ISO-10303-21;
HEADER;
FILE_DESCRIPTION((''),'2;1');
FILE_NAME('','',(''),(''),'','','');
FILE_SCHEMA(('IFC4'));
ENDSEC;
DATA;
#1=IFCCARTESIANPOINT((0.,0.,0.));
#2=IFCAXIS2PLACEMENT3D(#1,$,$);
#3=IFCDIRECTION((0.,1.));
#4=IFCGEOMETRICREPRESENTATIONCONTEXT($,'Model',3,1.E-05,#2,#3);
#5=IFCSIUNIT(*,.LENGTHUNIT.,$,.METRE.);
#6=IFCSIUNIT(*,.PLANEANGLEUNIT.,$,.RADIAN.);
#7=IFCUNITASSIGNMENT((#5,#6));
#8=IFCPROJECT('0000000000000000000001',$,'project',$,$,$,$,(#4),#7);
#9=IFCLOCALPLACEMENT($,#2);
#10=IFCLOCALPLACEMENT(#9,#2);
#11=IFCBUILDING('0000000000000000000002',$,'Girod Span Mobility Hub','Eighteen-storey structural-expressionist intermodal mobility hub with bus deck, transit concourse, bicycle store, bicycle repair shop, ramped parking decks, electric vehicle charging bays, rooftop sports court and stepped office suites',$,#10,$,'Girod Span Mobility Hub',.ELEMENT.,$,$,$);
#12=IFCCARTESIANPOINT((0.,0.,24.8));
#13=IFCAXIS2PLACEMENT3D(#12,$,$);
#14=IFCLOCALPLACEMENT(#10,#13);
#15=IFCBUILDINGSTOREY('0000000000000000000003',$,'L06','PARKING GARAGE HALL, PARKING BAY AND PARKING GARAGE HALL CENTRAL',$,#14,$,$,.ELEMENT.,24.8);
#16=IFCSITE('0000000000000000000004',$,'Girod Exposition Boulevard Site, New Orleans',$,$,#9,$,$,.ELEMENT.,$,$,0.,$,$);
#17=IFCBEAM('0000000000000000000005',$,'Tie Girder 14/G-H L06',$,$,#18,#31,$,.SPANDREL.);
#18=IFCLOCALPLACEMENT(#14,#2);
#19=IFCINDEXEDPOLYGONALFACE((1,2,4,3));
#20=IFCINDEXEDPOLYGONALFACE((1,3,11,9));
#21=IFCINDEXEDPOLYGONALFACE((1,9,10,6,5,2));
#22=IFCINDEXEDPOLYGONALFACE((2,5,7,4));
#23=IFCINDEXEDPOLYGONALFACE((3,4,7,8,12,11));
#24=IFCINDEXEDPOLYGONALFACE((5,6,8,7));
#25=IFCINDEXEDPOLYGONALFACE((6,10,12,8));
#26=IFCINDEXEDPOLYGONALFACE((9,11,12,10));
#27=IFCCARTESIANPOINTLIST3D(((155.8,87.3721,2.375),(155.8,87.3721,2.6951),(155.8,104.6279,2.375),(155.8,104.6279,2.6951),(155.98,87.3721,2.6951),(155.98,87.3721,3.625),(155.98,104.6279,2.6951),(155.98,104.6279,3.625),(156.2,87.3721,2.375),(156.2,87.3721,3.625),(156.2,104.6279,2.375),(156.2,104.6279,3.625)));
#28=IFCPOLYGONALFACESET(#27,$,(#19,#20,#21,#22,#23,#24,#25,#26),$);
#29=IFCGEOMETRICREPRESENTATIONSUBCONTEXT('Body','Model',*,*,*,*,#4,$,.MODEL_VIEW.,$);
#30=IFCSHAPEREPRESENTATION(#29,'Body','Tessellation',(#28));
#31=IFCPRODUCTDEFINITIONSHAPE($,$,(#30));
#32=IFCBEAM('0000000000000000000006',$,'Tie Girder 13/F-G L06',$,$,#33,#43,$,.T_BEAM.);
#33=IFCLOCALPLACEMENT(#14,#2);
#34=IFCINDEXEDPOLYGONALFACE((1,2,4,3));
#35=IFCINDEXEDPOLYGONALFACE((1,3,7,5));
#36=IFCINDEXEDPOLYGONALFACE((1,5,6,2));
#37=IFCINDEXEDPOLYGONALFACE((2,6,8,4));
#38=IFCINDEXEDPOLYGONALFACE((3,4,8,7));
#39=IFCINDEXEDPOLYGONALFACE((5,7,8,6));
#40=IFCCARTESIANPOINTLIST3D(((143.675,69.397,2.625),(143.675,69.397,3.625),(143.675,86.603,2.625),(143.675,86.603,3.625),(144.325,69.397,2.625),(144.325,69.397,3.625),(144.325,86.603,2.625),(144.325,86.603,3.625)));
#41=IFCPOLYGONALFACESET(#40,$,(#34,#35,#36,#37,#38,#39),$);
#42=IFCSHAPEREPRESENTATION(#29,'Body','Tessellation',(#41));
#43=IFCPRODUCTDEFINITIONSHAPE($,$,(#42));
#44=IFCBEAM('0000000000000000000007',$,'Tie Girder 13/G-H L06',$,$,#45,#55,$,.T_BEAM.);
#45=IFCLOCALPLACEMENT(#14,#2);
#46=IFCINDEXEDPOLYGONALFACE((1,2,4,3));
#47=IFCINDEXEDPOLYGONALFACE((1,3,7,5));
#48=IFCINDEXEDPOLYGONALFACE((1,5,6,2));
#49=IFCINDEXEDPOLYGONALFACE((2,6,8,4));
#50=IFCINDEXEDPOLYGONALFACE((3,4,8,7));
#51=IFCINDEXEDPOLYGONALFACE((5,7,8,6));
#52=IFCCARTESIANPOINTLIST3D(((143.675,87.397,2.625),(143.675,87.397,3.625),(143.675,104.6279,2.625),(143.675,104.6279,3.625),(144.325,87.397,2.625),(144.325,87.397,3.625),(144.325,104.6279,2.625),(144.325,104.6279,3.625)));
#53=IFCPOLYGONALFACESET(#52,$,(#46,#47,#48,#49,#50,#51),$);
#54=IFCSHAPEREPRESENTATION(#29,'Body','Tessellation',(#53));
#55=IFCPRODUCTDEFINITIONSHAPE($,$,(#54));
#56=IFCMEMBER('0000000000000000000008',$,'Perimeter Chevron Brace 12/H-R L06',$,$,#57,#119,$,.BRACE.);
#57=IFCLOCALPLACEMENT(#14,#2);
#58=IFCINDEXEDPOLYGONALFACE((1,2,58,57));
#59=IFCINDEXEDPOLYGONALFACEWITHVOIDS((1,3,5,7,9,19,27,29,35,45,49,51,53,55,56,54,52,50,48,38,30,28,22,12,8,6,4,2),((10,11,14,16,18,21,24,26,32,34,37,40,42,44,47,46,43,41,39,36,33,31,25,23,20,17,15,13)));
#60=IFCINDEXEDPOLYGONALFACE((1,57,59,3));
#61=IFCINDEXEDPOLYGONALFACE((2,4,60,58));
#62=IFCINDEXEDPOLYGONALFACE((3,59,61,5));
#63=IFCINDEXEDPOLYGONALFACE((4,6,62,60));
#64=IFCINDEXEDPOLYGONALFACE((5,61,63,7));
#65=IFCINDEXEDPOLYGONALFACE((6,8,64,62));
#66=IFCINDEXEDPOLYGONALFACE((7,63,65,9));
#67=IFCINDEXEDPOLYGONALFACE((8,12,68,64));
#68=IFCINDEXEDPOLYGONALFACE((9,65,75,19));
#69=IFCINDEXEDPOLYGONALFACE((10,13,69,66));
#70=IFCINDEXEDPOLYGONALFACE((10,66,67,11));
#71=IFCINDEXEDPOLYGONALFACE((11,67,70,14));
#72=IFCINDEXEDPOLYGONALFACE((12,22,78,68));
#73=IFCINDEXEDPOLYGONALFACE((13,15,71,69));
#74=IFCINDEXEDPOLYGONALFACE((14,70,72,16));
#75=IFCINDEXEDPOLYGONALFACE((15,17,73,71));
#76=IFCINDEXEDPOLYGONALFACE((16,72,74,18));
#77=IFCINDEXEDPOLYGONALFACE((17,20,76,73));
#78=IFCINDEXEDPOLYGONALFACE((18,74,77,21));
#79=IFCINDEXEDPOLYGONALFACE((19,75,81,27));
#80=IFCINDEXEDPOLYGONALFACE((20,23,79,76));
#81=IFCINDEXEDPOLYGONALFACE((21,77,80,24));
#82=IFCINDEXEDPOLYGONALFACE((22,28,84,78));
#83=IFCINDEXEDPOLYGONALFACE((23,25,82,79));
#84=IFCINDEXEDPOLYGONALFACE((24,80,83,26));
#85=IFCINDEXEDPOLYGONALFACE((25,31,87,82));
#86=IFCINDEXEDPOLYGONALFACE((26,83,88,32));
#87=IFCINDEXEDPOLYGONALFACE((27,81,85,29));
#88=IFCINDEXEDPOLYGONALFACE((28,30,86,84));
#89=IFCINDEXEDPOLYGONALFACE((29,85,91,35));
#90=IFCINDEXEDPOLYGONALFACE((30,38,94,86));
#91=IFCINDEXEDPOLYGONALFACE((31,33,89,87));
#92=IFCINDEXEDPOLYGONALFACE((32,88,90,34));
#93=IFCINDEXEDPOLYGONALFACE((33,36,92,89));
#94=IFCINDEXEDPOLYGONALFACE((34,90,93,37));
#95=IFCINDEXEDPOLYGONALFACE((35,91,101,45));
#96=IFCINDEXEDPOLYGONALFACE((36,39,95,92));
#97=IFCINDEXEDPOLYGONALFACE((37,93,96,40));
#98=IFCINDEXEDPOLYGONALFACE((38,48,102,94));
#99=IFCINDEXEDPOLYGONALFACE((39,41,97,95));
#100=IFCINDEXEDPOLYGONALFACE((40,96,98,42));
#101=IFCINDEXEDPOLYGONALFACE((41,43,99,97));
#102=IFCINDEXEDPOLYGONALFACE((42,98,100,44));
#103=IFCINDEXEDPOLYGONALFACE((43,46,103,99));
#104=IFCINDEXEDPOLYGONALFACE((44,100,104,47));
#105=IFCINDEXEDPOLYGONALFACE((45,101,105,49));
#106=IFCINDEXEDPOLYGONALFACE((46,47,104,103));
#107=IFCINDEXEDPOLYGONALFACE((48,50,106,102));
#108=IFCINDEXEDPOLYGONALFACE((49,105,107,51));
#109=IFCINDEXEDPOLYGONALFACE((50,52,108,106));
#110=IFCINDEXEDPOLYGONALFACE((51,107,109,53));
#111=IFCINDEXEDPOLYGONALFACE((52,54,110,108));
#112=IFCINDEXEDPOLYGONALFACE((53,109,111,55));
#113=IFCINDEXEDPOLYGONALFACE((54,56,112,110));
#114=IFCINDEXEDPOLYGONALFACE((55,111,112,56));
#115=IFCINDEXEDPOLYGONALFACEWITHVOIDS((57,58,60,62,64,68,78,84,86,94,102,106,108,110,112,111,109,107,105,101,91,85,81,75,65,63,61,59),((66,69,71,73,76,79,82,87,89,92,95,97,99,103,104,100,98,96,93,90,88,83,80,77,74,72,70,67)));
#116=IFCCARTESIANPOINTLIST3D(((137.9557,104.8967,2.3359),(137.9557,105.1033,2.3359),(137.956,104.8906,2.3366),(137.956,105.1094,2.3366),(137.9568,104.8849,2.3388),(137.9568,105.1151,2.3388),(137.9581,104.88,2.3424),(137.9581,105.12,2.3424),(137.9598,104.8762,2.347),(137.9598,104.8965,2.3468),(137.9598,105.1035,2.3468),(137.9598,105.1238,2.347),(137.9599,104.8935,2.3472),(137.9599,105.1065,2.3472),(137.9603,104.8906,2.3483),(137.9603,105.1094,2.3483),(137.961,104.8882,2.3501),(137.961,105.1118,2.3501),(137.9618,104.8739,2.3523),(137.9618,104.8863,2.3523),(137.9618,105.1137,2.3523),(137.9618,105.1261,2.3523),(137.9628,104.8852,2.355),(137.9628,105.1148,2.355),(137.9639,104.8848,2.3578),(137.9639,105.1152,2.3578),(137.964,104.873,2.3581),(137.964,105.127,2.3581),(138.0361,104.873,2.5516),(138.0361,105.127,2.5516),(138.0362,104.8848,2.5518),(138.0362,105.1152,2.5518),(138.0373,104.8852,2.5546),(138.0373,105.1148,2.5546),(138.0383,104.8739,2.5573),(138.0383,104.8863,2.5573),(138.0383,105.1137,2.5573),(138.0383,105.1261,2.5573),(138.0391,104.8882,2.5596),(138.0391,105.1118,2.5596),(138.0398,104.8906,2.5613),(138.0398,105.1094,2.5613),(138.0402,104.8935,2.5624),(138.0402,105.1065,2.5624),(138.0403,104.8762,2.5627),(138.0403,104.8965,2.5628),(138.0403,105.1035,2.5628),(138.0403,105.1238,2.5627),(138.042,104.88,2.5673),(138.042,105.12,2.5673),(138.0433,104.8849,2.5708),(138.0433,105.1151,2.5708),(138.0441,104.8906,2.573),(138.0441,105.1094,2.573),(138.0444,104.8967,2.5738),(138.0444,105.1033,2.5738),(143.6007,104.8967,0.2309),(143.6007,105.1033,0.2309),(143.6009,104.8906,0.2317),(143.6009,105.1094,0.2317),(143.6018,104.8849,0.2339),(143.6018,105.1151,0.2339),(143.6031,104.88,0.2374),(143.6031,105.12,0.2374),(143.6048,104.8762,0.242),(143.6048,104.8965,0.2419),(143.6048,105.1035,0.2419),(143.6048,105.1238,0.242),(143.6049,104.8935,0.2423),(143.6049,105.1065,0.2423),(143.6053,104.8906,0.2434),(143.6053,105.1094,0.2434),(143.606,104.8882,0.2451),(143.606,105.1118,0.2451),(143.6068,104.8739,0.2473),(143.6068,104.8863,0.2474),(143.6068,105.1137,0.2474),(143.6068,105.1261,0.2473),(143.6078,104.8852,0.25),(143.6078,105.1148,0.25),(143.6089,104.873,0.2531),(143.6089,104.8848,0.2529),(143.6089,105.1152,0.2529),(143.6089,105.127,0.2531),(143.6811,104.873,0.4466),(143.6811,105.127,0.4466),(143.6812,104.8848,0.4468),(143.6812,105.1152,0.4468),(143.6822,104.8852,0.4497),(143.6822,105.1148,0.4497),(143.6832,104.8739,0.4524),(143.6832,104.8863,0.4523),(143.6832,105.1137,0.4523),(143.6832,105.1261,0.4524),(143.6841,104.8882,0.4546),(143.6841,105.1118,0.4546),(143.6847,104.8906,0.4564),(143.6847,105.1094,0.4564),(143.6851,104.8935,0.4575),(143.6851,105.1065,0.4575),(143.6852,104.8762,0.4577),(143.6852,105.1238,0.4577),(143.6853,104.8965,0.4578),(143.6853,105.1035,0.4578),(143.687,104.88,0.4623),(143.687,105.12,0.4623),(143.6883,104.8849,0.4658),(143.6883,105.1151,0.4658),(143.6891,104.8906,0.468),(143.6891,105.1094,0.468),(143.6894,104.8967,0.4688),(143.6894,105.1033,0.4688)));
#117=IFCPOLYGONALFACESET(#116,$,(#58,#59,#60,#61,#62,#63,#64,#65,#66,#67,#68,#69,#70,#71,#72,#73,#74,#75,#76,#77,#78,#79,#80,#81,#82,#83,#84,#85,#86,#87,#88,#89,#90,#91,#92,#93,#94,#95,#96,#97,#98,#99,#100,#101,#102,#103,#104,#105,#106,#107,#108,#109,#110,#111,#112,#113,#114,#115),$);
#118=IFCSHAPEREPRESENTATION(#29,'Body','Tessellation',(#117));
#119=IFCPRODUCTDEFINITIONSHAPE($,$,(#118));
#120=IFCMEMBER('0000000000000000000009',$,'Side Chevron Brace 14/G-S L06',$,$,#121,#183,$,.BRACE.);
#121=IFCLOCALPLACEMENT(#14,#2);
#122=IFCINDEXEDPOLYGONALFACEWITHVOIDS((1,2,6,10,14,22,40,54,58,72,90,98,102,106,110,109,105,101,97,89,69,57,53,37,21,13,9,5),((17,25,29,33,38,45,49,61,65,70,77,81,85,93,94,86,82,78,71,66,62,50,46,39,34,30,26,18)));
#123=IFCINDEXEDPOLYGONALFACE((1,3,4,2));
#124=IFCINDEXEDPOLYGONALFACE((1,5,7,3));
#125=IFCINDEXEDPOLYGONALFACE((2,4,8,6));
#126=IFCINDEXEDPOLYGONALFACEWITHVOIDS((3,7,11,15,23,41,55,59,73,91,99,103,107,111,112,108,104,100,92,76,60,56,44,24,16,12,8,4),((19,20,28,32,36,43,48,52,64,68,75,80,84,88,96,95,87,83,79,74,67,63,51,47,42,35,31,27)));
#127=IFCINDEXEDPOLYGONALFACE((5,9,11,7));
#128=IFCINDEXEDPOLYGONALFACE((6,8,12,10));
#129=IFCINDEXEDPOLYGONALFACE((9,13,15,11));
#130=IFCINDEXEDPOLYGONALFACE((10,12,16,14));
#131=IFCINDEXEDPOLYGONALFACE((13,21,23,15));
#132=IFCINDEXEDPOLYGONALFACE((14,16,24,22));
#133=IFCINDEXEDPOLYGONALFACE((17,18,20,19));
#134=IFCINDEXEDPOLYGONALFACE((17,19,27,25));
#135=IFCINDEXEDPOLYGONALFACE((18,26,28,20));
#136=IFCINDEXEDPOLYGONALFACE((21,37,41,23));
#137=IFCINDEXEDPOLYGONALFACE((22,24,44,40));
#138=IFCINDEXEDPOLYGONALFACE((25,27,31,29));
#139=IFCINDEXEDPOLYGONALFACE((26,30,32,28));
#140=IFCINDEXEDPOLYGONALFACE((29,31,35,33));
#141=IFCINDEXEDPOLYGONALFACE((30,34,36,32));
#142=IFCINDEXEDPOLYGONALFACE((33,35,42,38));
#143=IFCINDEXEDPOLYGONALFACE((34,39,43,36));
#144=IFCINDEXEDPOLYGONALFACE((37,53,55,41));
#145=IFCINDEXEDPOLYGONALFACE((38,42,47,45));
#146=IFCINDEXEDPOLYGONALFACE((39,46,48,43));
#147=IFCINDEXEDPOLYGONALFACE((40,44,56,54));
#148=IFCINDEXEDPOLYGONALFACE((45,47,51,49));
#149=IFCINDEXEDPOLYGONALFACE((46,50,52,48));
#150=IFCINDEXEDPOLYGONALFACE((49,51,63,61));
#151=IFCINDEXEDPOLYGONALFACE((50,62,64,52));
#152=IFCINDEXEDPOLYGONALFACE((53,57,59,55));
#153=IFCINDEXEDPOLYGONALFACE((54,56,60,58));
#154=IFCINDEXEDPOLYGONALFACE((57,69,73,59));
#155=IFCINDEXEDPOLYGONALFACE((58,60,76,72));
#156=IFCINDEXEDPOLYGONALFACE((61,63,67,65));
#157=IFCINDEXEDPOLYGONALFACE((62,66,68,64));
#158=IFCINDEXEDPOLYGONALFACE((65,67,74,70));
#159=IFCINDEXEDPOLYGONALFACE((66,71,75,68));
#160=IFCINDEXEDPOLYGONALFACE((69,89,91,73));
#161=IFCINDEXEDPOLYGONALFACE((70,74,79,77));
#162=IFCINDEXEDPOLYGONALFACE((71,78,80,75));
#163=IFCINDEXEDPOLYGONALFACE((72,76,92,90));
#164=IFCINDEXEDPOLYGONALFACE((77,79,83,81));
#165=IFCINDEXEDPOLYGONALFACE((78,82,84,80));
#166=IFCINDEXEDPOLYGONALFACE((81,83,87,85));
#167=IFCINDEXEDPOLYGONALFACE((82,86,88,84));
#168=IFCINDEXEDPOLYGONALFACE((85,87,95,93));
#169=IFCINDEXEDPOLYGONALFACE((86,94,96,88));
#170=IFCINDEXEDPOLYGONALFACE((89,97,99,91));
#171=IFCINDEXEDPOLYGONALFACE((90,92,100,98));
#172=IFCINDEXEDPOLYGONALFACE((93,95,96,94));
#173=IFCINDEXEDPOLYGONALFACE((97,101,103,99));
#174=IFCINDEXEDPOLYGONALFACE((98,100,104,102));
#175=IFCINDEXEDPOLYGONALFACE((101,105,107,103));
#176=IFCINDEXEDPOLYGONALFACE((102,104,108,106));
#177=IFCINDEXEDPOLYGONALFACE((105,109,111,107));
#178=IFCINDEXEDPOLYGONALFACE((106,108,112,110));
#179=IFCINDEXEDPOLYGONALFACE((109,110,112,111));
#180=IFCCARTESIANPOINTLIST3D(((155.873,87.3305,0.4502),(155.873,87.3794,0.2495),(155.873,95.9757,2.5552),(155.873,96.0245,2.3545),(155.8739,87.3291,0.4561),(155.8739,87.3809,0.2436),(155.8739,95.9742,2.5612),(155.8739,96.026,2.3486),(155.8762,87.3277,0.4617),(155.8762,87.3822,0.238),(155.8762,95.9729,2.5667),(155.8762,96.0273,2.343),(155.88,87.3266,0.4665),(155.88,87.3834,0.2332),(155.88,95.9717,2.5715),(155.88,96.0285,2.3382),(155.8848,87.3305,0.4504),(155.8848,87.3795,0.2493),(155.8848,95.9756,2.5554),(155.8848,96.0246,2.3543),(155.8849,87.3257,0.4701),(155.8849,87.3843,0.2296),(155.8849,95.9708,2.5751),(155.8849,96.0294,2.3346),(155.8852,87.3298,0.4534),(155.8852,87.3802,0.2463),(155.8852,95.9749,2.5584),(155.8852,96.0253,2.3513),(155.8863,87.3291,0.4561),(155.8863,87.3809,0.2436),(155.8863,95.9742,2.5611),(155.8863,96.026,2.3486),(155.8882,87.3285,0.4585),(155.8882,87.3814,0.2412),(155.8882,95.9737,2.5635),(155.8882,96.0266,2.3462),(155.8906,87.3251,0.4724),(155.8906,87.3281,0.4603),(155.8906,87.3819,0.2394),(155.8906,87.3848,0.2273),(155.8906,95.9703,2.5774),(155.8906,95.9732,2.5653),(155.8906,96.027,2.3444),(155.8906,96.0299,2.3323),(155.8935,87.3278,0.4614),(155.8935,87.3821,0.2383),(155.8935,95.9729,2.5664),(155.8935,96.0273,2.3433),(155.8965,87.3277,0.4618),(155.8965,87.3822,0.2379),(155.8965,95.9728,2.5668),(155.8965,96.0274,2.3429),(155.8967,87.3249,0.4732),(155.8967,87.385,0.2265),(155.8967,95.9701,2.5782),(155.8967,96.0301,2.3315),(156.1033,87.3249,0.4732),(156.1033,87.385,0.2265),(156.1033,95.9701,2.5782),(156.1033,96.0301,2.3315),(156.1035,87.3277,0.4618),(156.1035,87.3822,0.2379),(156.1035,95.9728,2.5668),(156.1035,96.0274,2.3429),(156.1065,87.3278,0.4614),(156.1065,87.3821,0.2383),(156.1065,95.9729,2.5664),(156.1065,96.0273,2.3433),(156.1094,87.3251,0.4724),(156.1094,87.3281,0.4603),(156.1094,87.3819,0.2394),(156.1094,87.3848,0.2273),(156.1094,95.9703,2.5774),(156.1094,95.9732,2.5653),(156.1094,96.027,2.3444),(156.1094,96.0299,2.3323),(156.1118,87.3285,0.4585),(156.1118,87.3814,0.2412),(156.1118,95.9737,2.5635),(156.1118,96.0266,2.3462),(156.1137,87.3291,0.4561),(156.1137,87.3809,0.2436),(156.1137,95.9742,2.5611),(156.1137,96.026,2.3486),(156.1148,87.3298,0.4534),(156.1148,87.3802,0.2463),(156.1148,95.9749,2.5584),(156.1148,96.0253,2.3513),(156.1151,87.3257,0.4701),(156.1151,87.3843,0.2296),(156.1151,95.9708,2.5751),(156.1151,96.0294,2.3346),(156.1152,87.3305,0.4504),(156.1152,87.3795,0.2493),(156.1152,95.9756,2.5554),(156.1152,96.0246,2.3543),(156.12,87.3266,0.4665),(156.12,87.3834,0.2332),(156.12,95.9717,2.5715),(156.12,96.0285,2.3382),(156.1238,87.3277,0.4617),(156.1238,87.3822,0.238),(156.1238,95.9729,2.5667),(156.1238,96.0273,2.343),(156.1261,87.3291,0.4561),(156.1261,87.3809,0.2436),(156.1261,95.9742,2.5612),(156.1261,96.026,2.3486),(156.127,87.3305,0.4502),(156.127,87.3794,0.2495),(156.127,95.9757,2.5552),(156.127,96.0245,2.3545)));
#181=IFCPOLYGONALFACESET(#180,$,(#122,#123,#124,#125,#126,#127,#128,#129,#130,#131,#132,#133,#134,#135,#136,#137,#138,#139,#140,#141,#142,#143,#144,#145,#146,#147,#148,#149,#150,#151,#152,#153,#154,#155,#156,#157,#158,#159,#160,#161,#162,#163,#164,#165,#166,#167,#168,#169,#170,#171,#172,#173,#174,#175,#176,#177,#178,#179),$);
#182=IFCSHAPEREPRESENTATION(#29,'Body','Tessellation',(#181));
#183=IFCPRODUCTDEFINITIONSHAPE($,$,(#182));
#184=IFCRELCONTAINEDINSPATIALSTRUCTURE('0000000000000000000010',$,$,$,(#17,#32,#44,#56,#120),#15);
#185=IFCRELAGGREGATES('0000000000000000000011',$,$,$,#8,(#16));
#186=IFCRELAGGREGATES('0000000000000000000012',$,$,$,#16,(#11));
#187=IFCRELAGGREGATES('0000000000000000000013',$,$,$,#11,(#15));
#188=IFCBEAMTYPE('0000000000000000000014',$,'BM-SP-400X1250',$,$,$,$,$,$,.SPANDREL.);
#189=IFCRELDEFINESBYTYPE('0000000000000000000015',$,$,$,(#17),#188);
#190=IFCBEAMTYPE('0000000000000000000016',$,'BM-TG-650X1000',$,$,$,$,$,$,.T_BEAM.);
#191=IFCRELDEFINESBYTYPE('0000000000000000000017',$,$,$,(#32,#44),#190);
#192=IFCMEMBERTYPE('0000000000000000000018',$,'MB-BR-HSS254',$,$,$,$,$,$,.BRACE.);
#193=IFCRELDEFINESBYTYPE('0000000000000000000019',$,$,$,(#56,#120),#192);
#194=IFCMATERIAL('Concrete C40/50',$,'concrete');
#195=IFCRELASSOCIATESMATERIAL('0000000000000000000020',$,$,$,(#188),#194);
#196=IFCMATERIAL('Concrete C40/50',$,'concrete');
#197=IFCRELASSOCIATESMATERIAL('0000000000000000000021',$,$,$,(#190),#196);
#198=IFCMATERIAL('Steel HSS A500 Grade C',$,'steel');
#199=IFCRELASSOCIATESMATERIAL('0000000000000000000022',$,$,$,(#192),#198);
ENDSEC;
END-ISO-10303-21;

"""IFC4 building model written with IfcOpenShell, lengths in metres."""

from ifc_helpers import new_model, si_unit, direction, frame, origin, origin_2d, place, context, subcontext, project, spatial, polyline, rectangle, hollow_rectangle, outline, extrude, material, material_profile, profile_set, type_object, element, save


model = new_model("IFC4")

# Units and contexts
model_context = context("Model", 3, precision=1e-05, world=origin(), true_north=direction((0.0, 1.0)))
body_context = subcontext(model_context, "Body", "Model", "MODEL_VIEW")
ifc_project = project(units=[si_unit("LENGTHUNIT", "METRE"), si_unit("PLANEANGLEUNIT", "RADIAN")], contexts=[model_context])

# Site, building, storey
site_placement = place(None, origin())
site = spatial("IfcSite", under=ifc_project, at=site_placement, Name="Girod Exposition Boulevard Site, New Orleans", CompositionType="ELEMENT", RefElevation=0.0)
building_placement = place(site_placement, origin())
building = spatial("IfcBuilding", under=site, at=building_placement, Name="Girod Span Mobility Hub", Description="Eighteen-storey structural-expressionist intermodal mobility hub with bus deck, transit concourse, bicycle store, bicycle repair shop, ramped parking decks, electric vehicle charging bays, rooftop sports court and stepped office suites", LongName="Girod Span Mobility Hub", CompositionType="ELEMENT")
storey_placement = place(building_placement, frame((0.0, 0.0, 24.8)))
storey = spatial("IfcBuildingStorey", under=building, at=storey_placement, Name="L06", Description="PARKING GARAGE HALL, PARKING BAY AND PARKING GARAGE HALL CENTRAL", CompositionType="ELEMENT", Elevation=24.8)

# Beams
ifc_material_1 = material(Name="Concrete C40/50", Category="concrete")
ifc_material_profile_1 = material_profile(ifc_material_1, outline(polyline([(-0.2, -0.625), (0.2, -0.625), (0.2, -0.3049), (0.02, -0.3049), (0.02, 0.625), (-0.2, 0.625), (-0.2, -0.625)])), Name="SP-400X1250")
ifc_profile_set_1 = profile_set([ifc_material_profile_1], Name="Concrete C40/50")
beam_type_1 = type_object("IfcBeamType", Name="BM-SP-400X1250", PredefinedType="SPANDREL", material=ifc_profile_set_1)
beam_1_placement = place(storey_placement, frame((156.0, 87.3721, 3.0), z_axis=(0.0, 1.0, 0.0), x_axis=(-1.0, 0.0, 0.0)))
element("IfcBeam", 1, at=beam_1_placement, inside=storey, type_object=beam_type_1, Name="Tie Girder 14/G-H L06", PredefinedType="SPANDREL", context=body_context, shape_type="SweptSolid", body=[
    extrude(outline(polyline([(-0.2, -0.625), (0.2, -0.625), (0.2, -0.3049), (0.02, -0.3049), (0.02, 0.625), (-0.2, 0.625), (-0.2, -0.625)])), origin(), (0.0, 0.0, 1.0), 17.2559),
])
ifc_material_2 = material(Name="Concrete C40/50", Category="concrete")
ifc_material_profile_2 = material_profile(ifc_material_2, rectangle(XDim=0.6499, YDim=1.0, at=origin_2d()), Name="TG-650X1000")
ifc_profile_set_2 = profile_set([ifc_material_profile_2], Name="Concrete C40/50")
beam_type_2 = type_object("IfcBeamType", Name="BM-TG-650X1000", PredefinedType="T_BEAM", material=ifc_profile_set_2)
beam_2_placement = place(storey_placement, frame((144.0, 69.397, 3.125), z_axis=(0.0, 1.0, 0.0), x_axis=(-1.0, 0.0, 0.0)))
element("IfcBeam", 2, at=beam_2_placement, inside=storey, type_object=beam_type_2, Name="Tie Girder 13/F-G L06", PredefinedType="T_BEAM", context=body_context, shape_type="SweptSolid", body=[
    extrude(rectangle(XDim=0.6499, YDim=1.0, at=origin_2d()), origin(), (0.0, 0.0, 1.0), 17.2061),
])
beam_3_placement = place(storey_placement, frame((144.0, 87.397, 3.125), z_axis=(0.0, 1.0, 0.0), x_axis=(-1.0, 0.0, 0.0)))
element("IfcBeam", 3, at=beam_3_placement, inside=storey, type_object=beam_type_2, Name="Tie Girder 13/G-H L06", PredefinedType="T_BEAM", context=body_context, shape_type="SweptSolid", body=[
    extrude(rectangle(XDim=0.6499, YDim=1.0, at=origin_2d()), origin(), (0.0, 0.0, 1.0), 17.231),
])

# Members
ifc_material_3 = material(Name="Steel HSS A500 Grade C", Category="steel")
ifc_material_profile_3 = material_profile(ifc_material_3, hollow_rectangle(XDim=0.2539, YDim=0.2539, WallThickness=0.0117, InnerFilletRadius=0.0117, OuterFilletRadius=0.0237, at=origin_2d()), Name="HSS254X254X12.7")
ifc_profile_set_3 = profile_set([ifc_material_profile_3], Name="Steel HSS A500 Grade C")
member_type = type_object("IfcMemberType", Name="MB-BR-HSS254", PredefinedType="BRACE", material=ifc_profile_set_3)
member_placement = place(storey_placement, frame((143.645, 105.0, 0.3499), z_axis=(-0.936977, 0.0, 0.349391), x_axis=(0.0, -1.0, 0.0)))
element("IfcMember", 4, at=member_placement, inside=storey, type_object=member_type, Name="Perimeter Chevron Brace 12/H-R L06", PredefinedType="BRACE", context=body_context, shape_type="SweptSolid", body=[
    extrude(hollow_rectangle(XDim=0.2539, YDim=0.2539, WallThickness=0.0117, InnerFilletRadius=0.0117, OuterFilletRadius=0.0237, at=origin_2d()), origin(), (0.0, 0.0, 1.0), 6.0247),
])
for number, where, z_axis, x_axis, name in (
    (5, (156.0, 87.355, 0.3499), (0.0, 0.971612, 0.236578), (-1.0, 0.0, 0.0), "Side Chevron Brace 14/G-S L06"),
):
    element("IfcMember", number, at=place(storey_placement, frame(where, z_axis=z_axis, x_axis=x_axis)), inside=storey, type_object=member_type, Name=name, PredefinedType="BRACE", context=body_context, shape_type="SweptSolid", body=[
        extrude(hollow_rectangle(XDim=0.2539, YDim=0.2539, WallThickness=0.0117, InnerFilletRadius=0.0117, OuterFilletRadius=0.0237, at=origin_2d()), origin(), (0.0, 0.0, 1.0), 8.8977),
    ])

save(model, "model.ifc")
